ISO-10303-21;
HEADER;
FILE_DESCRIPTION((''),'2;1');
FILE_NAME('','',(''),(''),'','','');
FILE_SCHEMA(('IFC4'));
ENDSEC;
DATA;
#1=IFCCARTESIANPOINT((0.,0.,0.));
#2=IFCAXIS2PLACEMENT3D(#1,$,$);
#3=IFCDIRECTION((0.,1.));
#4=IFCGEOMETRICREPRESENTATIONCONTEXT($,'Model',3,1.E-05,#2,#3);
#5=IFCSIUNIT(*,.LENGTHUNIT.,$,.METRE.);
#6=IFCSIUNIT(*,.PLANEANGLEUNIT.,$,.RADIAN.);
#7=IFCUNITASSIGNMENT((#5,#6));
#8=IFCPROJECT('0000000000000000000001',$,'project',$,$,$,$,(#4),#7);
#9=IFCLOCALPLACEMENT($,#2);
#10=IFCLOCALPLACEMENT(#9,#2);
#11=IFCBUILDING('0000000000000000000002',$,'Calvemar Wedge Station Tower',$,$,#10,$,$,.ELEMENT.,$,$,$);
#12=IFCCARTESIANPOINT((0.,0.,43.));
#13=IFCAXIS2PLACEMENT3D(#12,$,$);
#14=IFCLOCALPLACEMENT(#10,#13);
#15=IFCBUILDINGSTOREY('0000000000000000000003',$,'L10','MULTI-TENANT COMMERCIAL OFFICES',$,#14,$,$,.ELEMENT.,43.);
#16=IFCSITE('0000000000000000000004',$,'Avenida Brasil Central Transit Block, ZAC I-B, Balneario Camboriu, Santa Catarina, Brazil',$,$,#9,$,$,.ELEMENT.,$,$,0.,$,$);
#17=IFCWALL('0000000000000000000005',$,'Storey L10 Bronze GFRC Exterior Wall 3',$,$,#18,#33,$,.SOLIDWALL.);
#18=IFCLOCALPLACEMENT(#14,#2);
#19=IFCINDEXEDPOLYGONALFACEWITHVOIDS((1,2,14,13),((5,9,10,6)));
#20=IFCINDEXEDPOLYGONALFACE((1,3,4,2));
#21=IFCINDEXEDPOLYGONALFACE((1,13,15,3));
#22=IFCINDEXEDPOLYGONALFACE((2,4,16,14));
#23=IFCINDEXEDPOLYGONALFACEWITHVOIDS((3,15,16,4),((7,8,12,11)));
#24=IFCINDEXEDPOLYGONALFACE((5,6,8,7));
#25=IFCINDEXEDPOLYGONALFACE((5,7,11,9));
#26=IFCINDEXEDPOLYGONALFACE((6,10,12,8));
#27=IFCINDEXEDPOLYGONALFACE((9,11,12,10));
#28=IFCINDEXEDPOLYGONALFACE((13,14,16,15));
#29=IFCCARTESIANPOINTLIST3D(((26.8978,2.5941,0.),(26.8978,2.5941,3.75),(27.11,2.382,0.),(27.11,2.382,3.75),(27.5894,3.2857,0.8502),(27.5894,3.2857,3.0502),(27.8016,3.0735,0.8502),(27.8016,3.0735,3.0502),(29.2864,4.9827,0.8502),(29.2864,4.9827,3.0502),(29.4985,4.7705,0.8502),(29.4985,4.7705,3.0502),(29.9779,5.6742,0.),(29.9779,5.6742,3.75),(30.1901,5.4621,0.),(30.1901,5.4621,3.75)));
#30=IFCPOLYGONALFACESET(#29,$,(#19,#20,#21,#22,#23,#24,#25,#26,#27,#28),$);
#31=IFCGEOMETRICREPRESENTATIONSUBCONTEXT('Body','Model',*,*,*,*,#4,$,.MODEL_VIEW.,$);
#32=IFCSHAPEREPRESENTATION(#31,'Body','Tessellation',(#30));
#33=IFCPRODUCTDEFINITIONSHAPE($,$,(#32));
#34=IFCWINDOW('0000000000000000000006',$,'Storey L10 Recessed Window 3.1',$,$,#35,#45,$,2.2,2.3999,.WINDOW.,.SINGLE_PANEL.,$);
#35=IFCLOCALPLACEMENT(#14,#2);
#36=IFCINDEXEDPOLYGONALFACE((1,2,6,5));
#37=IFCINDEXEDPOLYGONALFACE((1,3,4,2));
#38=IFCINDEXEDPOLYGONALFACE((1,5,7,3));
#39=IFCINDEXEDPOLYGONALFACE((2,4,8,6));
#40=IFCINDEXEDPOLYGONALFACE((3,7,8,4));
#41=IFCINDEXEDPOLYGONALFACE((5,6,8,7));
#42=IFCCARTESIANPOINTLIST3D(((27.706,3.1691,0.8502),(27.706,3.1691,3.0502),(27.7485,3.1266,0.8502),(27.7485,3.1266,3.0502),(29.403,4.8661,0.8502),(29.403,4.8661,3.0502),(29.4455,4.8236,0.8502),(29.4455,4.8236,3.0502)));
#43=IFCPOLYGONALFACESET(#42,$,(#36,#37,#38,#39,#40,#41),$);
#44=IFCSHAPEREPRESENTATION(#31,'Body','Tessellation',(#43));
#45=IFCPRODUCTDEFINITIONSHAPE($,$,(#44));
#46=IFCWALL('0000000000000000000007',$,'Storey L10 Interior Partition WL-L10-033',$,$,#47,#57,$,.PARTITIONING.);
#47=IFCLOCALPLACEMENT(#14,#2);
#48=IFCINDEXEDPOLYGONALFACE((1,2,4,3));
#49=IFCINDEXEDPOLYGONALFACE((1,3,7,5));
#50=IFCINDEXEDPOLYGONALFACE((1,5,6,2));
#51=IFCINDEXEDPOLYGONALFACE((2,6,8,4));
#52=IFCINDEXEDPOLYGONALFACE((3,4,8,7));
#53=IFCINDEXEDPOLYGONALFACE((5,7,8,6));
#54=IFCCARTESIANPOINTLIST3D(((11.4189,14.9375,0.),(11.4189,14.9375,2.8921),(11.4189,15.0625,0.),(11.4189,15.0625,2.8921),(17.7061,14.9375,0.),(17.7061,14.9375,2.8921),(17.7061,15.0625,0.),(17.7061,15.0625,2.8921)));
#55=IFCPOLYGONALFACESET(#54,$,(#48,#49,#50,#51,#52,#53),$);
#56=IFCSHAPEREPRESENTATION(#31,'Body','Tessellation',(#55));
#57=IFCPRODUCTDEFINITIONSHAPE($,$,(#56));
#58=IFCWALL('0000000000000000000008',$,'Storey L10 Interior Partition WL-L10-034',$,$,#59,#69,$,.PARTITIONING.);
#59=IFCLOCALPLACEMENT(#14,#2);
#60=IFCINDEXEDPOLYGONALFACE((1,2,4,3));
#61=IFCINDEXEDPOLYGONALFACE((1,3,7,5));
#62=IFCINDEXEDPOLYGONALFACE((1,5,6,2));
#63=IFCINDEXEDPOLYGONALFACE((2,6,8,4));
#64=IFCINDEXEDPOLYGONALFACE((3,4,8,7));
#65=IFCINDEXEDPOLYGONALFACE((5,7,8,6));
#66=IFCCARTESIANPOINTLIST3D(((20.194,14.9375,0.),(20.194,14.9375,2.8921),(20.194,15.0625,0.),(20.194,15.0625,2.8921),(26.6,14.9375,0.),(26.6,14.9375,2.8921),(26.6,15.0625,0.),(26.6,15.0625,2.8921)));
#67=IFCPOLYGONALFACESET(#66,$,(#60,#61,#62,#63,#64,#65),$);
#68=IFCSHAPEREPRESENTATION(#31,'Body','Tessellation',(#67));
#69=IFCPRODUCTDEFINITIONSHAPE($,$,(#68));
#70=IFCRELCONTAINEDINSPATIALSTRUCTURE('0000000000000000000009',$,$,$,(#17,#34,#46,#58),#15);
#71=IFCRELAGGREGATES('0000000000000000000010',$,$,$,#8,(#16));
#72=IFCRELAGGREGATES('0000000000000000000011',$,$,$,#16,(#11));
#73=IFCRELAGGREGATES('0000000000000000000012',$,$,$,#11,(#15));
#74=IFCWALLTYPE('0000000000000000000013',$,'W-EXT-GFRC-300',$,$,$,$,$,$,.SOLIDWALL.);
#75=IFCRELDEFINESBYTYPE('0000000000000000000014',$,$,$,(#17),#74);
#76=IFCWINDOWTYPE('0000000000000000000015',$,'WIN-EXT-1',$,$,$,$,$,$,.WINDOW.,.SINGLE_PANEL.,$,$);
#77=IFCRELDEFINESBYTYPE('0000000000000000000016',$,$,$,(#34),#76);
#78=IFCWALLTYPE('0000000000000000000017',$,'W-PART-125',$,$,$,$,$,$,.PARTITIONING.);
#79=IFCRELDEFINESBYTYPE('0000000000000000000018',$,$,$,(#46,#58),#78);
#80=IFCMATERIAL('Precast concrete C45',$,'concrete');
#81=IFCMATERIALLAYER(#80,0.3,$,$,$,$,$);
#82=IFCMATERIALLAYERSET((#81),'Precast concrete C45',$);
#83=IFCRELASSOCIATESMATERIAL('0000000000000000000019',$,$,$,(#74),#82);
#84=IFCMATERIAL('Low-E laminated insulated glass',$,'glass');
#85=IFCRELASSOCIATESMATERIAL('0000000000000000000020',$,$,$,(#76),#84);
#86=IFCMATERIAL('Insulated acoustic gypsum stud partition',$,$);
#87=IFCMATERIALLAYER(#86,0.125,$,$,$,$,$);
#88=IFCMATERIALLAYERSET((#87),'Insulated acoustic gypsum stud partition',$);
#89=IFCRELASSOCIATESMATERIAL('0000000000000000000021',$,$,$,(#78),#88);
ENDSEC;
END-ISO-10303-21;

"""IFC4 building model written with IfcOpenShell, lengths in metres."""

from ifc_helpers import new_model, si_unit, direction, frame, frame_2d, origin, place, context, subcontext, project, spatial, rectangle, extrude, source, transform, mapped, material, layer, layer_set, type_object, element, fill, save


model = new_model("IFC4")

# Units and contexts
model_context = context("Model", 3, precision=1e-05, world=origin(), true_north=direction((0.0, 1.0)))
body_context = subcontext(model_context, "Body", "Model", "MODEL_VIEW")
ifc_project = project(units=[si_unit("LENGTHUNIT", "METRE"), si_unit("PLANEANGLEUNIT", "RADIAN")], contexts=[model_context])

# Site, building, storey
site_placement = place(None, origin())
site = spatial("IfcSite", under=ifc_project, at=site_placement, Name="Avenida Brasil Central Transit Block, ZAC I-B, Balneario Camboriu, Santa Catarina, Brazil", CompositionType="ELEMENT", RefElevation=0.0)
building_placement = place(site_placement, origin())
building = spatial("IfcBuilding", under=site, at=building_placement, Name="Calvemar Wedge Station Tower", CompositionType="ELEMENT")
storey_placement = place(building_placement, frame((0.0, 0.0, 43.0)))
storey = spatial("IfcBuildingStorey", under=building, at=storey_placement, Name="L10", Description="MULTI-TENANT COMMERCIAL OFFICES", CompositionType="ELEMENT", Elevation=43.0)

# Shared definitions
ifc_material_1 = material(Name="Precast concrete C45", Category="concrete")
ifc_layer_1 = layer(ifc_material_1, 0.3)
ifc_layer_set_1 = layer_set([ifc_layer_1], Name="Precast concrete C45")
wall_type_1 = type_object("IfcWallType", Name="W-EXT-GFRC-300", PredefinedType="SOLIDWALL", material=ifc_layer_set_1)
shared_shape_1 = source(origin(), body_context, "Body", "SweptSolid", [
    extrude(rectangle(XDim=2.3999, YDim=2.2, at=frame_2d((1.2, 1.1001))), frame((0.0, 0.1602, 0.0), z_axis=(0.0, -1.0, 0.0), x_axis=(1.0, 0.0, 0.0)), (0.0, 0.0, 1.0), 0.3201),
])
ifc_material_2 = material(Name="Low-E laminated insulated glass", Category="glass")
window_type_1 = type_object("IfcWindowType", Name="WIN-EXT-1", PartitioningType="SINGLE_PANEL", PredefinedType="WINDOW", material=ifc_material_2)
shared_shape_2 = source(origin(), body_context, "Body", "SweptSolid", [
    extrude(rectangle(XDim=2.3999, YDim=2.2, at=frame_2d((1.2, 1.1001))), frame((0.0, -0.0149, 0.0), z_axis=(0.0, -1.0, 0.0), x_axis=(1.0, 0.0, 0.0)), (0.0, 0.0, 1.0), 0.0601),
])

# Wall, opening, window
wall_1_placement = place(storey_placement, frame((27.0039, 2.488, 0.0), z_axis=(0.0, 0.0, 1.0), x_axis=(0.707107, 0.707107, 0.0)))
wall_1 = element("IfcWall", 1, at=wall_1_placement, inside=storey, type_object=wall_type_1, Name="Storey L10 Bronze GFRC Exterior Wall 3", PredefinedType="SOLIDWALL", context=body_context, shape_type="SweptSolid", body=[
    extrude(rectangle(XDim=4.356, YDim=0.3, at=frame_2d((2.178, 0.0))), origin(), (0.0, 0.0, 1.0), 3.75),
])
opening_1_placement = place(wall_1_placement, frame((0.978, 0.0, 0.8501)))
opening_1 = element("IfcOpeningElement", 2, at=opening_1_placement, cuts=wall_1, PredefinedType="OPENING", context=body_context, shape_type="MappedRepresentation", body=[
    mapped(shared_shape_1, transform((0.0, 0.0, 0.0), scale=1.0)),
])
window_1_placement = place(opening_1_placement, origin())
window_1 = element("IfcWindow", 3, at=window_1_placement, inside=storey, type_object=window_type_1, Name="Storey L10 Recessed Window 3.1", OverallHeight=2.2, OverallWidth=2.3999, PartitioningType="SINGLE_PANEL", PredefinedType="WINDOW", context=body_context, shape_type="MappedRepresentation", body=[
    mapped(shared_shape_2, transform((0.0, 0.0, 0.0), scale=1.0)),
])
fill(opening_1, window_1)

# Walls
ifc_material_3 = material(Name="Insulated acoustic gypsum stud partition")
ifc_layer_2 = layer(ifc_material_3, 0.125)
ifc_layer_set_2 = layer_set([ifc_layer_2], Name="Insulated acoustic gypsum stud partition")
wall_type_2 = type_object("IfcWallType", Name="W-PART-125", PredefinedType="PARTITIONING", material=ifc_layer_set_2)
wall_2_placement = place(storey_placement, frame((17.7061, 15.0, 0.0), z_axis=(0.0, 0.0, 1.0), x_axis=(-1.0, 0.0, 0.0)))
element("IfcWall", 4, at=wall_2_placement, inside=storey, type_object=wall_type_2, Name="Storey L10 Interior Partition WL-L10-033", PredefinedType="PARTITIONING", context=body_context, shape_type="SweptSolid", body=[
    extrude(rectangle(XDim=6.2871, YDim=0.125, at=frame_2d((3.1436, 0.0))), origin(), (0.0, 0.0, 1.0), 2.8921),
])
wall_3_placement = place(storey_placement, frame((26.6001, 15.0, 0.0), z_axis=(0.0, 0.0, 1.0), x_axis=(-1.0, 0.0, 0.0)))
element("IfcWall", 5, at=wall_3_placement, inside=storey, type_object=wall_type_2, Name="Storey L10 Interior Partition WL-L10-034", PredefinedType="PARTITIONING", context=body_context, shape_type="SweptSolid", body=[
    extrude(rectangle(XDim=6.406, YDim=0.125, at=frame_2d((3.2031, 0.0))), origin(), (0.0, 0.0, 1.0), 2.8921),
])

save(model, "model.ifc")
